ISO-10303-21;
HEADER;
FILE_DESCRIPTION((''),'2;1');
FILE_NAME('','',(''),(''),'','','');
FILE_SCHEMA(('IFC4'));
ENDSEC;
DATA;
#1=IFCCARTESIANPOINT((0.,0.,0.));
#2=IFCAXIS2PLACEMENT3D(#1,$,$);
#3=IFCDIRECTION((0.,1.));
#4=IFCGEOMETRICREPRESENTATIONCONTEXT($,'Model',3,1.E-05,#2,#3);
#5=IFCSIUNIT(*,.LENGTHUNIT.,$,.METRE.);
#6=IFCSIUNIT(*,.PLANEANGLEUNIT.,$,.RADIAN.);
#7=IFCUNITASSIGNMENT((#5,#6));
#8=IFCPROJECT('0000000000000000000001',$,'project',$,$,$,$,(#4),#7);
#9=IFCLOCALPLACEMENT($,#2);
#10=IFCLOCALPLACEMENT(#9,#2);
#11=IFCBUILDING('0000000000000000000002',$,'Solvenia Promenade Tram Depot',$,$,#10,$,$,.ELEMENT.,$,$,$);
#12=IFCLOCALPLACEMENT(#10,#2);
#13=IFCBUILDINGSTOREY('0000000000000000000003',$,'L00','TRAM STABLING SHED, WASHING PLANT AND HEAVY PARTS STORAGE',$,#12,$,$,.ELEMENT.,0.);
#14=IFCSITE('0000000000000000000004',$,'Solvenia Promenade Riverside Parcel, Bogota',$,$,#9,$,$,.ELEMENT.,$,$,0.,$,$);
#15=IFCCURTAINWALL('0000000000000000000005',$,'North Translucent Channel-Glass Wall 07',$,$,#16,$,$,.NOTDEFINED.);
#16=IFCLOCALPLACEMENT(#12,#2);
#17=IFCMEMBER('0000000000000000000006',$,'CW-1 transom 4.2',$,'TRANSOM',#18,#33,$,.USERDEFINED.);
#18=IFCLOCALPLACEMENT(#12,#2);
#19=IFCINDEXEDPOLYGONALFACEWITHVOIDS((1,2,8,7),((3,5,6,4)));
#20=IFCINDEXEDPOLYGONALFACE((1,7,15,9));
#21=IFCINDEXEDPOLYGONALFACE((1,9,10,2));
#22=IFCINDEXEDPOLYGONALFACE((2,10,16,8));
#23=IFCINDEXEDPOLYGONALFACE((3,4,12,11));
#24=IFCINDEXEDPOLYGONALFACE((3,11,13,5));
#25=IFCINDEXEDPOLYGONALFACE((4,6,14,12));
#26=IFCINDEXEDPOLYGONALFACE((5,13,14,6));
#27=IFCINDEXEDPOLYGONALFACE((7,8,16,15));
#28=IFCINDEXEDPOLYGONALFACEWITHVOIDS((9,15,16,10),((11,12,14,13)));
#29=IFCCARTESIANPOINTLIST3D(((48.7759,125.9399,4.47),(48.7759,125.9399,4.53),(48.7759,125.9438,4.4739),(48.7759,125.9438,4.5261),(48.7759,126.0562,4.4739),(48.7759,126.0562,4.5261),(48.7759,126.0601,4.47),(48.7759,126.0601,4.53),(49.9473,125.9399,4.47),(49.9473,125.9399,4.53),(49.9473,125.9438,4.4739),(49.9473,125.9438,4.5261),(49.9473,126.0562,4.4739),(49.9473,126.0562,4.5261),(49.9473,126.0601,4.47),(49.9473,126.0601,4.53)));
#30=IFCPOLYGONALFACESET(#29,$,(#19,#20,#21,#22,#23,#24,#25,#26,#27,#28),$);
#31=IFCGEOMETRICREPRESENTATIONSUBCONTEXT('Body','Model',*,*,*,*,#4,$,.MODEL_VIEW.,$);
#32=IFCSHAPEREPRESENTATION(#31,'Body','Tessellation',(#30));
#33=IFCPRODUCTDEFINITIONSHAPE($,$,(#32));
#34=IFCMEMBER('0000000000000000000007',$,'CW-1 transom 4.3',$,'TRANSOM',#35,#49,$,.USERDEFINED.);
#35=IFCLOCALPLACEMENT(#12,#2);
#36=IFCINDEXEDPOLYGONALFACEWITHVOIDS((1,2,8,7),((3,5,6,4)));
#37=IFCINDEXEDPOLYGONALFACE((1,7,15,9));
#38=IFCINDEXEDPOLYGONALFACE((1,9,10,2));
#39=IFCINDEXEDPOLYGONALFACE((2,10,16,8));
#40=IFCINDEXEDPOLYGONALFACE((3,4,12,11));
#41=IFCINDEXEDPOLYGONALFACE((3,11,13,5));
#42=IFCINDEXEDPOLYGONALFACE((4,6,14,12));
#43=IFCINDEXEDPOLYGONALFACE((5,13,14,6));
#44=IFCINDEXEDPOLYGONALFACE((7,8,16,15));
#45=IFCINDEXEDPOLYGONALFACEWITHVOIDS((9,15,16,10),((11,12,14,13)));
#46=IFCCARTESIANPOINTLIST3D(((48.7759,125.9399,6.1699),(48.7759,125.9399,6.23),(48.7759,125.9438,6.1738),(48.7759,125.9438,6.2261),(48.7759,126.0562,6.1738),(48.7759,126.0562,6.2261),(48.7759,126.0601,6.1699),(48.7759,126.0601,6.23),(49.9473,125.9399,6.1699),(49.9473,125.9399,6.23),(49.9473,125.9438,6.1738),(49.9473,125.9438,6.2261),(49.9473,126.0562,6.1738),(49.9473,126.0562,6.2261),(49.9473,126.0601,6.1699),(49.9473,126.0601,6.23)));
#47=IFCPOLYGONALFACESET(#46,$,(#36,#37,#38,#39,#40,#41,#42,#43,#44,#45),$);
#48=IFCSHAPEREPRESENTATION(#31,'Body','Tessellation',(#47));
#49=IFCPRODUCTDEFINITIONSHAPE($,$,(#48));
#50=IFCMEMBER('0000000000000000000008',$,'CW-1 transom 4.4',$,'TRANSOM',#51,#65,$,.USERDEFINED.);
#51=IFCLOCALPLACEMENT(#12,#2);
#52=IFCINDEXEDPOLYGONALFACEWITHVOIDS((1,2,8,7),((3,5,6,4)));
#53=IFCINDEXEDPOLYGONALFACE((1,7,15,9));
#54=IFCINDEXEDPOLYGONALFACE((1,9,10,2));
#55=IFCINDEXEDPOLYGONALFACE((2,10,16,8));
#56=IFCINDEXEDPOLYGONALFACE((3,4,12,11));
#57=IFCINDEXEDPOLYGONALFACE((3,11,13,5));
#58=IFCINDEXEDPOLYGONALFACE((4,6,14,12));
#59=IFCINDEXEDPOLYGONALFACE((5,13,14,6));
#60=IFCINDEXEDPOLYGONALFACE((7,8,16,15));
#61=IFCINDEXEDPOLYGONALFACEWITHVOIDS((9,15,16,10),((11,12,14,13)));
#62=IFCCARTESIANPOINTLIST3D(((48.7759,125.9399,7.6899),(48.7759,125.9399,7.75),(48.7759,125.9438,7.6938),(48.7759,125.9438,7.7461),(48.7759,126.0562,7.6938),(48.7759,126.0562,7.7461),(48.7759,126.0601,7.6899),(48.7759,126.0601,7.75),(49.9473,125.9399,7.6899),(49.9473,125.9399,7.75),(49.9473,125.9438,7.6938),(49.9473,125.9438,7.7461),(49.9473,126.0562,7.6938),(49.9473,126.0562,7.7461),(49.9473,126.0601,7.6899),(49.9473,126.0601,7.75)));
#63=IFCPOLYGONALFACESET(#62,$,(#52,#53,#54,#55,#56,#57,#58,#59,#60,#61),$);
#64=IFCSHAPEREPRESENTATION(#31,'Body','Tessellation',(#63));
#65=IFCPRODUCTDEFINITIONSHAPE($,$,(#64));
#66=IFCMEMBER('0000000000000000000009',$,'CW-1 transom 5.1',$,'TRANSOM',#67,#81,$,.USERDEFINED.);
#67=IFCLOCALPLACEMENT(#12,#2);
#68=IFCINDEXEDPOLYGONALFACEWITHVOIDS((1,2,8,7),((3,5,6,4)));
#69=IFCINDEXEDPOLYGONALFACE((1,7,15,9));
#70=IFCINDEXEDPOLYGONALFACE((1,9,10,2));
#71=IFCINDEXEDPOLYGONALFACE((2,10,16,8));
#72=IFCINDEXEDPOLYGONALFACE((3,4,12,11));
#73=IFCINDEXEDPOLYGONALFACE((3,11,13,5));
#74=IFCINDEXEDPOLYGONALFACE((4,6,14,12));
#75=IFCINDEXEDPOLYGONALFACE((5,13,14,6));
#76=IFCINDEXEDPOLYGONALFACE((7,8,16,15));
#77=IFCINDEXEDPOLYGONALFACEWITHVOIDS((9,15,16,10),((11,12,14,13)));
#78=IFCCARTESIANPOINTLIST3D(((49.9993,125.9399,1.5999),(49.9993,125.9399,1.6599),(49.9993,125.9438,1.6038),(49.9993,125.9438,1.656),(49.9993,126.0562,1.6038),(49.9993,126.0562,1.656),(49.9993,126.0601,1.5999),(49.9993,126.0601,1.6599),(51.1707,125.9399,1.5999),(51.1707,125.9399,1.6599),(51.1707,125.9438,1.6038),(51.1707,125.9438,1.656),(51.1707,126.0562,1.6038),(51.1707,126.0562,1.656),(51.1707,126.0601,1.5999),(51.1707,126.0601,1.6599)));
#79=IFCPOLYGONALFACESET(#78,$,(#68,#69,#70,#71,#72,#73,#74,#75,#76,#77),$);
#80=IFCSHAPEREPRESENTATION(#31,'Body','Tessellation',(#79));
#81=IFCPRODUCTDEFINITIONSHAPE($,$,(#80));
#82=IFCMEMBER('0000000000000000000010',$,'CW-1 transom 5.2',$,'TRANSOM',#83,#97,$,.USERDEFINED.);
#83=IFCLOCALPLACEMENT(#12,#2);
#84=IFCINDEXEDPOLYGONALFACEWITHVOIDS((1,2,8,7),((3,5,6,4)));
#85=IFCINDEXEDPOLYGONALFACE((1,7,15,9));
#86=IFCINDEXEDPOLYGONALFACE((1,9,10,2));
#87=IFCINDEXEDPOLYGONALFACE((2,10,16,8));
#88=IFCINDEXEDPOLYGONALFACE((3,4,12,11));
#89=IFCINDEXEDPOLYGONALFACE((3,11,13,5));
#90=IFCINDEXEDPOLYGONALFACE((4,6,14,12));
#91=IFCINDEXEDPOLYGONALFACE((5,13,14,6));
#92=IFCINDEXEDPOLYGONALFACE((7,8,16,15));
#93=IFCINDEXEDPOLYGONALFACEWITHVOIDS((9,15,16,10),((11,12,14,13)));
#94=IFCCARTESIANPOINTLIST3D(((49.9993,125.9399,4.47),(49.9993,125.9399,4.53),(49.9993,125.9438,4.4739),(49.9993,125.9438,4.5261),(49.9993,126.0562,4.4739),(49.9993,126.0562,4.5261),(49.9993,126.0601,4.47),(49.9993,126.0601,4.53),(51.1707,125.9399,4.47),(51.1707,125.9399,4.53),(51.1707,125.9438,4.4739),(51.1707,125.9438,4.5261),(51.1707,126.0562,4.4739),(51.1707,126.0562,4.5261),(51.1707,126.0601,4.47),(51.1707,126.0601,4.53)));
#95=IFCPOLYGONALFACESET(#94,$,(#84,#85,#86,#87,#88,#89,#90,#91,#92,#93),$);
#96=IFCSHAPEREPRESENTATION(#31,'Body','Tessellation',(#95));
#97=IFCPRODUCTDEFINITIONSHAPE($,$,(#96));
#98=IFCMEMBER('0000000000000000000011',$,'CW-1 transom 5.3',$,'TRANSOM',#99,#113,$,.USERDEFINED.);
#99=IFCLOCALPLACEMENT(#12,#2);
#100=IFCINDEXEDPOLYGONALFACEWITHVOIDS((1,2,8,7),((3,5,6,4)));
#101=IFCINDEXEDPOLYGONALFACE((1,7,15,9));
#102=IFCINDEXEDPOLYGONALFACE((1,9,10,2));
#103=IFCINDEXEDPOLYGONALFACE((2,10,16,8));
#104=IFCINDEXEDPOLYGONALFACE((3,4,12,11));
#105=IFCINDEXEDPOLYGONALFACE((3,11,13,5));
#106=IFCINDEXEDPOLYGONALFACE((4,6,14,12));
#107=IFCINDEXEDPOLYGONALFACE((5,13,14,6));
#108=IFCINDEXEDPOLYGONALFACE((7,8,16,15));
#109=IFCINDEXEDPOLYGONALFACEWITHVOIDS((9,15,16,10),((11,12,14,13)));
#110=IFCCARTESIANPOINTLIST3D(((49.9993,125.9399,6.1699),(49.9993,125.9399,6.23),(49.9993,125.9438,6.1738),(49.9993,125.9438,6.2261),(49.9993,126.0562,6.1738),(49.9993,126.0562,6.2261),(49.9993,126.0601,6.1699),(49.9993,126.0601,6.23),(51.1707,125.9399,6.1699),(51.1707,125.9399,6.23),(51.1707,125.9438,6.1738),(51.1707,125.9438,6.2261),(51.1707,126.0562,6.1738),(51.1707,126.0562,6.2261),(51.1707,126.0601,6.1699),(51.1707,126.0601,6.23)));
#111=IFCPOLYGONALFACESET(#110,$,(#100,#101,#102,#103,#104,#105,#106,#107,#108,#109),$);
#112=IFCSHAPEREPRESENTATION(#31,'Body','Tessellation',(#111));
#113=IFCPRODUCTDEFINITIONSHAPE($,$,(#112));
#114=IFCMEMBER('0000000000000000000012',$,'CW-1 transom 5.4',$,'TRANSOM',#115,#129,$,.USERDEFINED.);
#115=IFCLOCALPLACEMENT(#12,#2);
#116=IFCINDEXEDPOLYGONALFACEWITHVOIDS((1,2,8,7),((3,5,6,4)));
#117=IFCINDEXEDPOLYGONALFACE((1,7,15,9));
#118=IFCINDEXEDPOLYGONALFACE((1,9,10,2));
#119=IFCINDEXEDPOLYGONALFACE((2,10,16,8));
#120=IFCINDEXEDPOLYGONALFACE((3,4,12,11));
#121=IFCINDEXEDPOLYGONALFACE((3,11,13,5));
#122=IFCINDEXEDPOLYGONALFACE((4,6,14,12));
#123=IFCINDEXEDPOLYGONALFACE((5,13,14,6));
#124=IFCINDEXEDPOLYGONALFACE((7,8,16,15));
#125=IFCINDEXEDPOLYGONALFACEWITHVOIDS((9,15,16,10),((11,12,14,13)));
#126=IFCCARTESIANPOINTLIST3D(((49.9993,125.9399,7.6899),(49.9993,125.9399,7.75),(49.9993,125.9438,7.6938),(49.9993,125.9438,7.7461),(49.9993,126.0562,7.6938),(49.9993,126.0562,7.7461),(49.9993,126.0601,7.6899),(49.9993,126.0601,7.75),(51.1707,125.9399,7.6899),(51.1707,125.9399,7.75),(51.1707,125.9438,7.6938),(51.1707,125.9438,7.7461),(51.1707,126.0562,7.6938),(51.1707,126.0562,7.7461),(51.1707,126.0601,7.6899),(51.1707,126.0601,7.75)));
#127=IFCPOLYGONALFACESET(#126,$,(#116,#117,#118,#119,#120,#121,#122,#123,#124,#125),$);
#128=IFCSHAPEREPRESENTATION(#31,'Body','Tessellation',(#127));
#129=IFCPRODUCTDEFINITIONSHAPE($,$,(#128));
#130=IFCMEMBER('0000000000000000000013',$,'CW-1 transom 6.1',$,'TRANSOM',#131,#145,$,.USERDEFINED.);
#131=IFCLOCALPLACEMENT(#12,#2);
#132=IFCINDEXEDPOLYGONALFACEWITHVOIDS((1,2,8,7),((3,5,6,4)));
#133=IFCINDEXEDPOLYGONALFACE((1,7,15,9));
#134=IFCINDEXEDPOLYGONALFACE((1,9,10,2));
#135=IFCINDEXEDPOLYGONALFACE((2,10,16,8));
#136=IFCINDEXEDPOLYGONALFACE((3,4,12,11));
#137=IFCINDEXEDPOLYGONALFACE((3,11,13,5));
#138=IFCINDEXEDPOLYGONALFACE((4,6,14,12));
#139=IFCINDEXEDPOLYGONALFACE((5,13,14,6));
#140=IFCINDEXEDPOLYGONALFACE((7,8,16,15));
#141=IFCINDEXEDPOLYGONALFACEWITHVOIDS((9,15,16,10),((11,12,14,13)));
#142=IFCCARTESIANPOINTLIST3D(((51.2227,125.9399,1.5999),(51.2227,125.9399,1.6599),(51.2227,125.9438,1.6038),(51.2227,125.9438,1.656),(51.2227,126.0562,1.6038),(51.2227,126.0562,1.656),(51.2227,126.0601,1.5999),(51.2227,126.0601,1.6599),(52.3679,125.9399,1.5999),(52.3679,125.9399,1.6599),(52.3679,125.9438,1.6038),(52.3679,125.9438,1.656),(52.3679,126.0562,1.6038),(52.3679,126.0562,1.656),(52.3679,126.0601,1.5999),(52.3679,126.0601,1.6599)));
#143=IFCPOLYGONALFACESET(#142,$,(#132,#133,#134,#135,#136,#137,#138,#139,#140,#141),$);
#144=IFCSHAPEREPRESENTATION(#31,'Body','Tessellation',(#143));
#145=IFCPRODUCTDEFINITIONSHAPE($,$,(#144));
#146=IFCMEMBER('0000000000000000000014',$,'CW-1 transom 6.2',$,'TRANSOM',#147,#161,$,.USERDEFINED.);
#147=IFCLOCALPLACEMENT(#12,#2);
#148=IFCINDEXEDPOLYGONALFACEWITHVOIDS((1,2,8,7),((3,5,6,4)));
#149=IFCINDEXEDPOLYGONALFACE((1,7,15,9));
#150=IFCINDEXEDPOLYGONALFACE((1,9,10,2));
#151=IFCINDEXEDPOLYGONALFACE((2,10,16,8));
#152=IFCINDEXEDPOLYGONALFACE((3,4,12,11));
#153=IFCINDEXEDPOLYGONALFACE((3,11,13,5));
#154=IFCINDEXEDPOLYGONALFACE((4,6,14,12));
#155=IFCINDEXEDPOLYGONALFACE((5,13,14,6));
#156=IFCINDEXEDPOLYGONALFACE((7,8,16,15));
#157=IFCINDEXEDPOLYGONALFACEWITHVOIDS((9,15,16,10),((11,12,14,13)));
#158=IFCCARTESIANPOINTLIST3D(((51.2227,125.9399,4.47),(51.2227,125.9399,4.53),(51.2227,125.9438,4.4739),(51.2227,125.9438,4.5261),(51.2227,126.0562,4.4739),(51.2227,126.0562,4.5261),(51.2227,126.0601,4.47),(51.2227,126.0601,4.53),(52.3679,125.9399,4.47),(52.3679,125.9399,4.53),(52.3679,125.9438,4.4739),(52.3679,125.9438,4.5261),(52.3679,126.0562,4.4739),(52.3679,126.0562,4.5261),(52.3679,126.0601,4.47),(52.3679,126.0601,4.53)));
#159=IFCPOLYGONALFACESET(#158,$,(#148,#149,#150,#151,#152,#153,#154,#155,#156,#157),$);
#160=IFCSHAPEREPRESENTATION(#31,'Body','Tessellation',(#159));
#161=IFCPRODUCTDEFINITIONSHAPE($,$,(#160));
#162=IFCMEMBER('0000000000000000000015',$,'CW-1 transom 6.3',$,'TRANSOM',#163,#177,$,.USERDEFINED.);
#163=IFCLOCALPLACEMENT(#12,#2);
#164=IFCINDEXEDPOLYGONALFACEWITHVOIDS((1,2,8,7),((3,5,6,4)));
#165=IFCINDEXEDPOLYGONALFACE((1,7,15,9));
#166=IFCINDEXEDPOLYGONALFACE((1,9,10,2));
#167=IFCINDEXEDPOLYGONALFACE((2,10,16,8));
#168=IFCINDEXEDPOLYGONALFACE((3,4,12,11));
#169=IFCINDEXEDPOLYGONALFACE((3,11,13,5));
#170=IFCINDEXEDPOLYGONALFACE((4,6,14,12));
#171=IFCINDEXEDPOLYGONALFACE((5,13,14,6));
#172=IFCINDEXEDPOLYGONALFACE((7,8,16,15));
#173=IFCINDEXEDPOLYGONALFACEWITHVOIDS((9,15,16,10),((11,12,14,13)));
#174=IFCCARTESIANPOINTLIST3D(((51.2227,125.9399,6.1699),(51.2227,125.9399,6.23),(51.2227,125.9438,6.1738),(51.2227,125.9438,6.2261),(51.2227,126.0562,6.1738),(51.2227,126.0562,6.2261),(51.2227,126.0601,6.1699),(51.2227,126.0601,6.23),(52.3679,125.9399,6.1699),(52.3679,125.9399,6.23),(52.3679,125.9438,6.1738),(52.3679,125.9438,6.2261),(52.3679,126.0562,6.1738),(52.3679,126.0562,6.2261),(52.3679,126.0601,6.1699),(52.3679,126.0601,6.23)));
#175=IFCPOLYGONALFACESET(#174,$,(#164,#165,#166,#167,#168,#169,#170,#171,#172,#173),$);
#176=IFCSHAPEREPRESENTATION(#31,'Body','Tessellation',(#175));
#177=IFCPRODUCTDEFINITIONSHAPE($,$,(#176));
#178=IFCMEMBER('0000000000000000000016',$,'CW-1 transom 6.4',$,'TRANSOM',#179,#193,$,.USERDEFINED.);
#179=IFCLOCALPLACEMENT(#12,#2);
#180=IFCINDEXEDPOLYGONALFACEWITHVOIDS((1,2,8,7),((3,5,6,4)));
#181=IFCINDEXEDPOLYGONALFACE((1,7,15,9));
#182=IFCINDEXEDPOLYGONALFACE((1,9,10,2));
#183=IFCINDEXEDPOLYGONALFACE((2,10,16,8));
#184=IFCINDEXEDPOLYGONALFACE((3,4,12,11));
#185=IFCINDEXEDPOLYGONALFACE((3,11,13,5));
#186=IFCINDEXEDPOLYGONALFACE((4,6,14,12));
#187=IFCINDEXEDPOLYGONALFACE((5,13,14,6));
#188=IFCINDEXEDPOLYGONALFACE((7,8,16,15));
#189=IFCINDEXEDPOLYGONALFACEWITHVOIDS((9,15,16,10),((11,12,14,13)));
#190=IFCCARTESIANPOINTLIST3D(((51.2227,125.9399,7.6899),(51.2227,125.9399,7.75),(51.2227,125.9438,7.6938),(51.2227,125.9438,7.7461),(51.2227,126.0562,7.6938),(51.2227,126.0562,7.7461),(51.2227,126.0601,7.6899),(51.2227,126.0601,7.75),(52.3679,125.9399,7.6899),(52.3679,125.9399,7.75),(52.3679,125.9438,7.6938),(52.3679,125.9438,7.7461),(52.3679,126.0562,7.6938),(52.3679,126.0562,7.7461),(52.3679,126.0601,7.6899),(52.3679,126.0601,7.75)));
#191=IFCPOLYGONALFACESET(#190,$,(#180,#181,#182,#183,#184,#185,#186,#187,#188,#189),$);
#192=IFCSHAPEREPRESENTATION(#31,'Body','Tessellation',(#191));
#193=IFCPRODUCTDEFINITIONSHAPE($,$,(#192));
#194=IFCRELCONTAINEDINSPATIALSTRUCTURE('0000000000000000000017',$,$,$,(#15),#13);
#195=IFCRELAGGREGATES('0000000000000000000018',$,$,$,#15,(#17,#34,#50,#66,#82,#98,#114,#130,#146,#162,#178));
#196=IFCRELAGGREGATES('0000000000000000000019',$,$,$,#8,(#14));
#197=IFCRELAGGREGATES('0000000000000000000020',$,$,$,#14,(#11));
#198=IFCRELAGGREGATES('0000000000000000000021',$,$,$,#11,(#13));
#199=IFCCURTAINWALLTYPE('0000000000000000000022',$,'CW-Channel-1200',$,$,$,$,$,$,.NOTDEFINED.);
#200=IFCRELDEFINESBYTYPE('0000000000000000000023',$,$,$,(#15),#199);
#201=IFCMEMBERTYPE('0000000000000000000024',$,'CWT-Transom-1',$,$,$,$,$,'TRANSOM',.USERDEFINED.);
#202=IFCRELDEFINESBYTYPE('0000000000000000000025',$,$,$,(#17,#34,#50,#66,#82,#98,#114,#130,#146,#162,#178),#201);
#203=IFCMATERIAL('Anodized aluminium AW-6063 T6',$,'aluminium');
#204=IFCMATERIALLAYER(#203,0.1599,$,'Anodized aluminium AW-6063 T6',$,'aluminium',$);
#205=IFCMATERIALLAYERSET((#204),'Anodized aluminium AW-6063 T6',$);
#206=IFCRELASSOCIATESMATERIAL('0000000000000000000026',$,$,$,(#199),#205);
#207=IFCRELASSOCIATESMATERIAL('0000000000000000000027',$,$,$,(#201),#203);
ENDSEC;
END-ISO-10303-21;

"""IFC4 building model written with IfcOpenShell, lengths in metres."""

from ifc_helpers import new_model, si_unit, direction, frame, origin, origin_2d, place, context, subcontext, project, spatial, hollow_rectangle, extrude, material, layer, layer_set, material_profile, profile_set, type_object, element, aggregate, save


model = new_model("IFC4")

# Units and contexts
model_context = context("Model", 3, precision=1e-05, world=origin(), true_north=direction((0.0, 1.0)))
body_context = subcontext(model_context, "Body", "Model", "MODEL_VIEW")
ifc_project = project(units=[si_unit("LENGTHUNIT", "METRE"), si_unit("PLANEANGLEUNIT", "RADIAN")], contexts=[model_context])

# Site, building, storey
site_placement = place(None, origin())
site = spatial("IfcSite", under=ifc_project, at=site_placement, Name="Solvenia Promenade Riverside Parcel, Bogota", CompositionType="ELEMENT", RefElevation=0.0)
building_placement = place(site_placement, origin())
building = spatial("IfcBuilding", under=site, at=building_placement, Name="Solvenia Promenade Tram Depot", CompositionType="ELEMENT")
storey_placement = place(building_placement, origin())
storey = spatial("IfcBuildingStorey", under=building, at=storey_placement, Name="L00", Description="TRAM STABLING SHED, WASHING PLANT AND HEAVY PARTS STORAGE", CompositionType="ELEMENT", Elevation=0.0)

# Curtain wall
ifc_material_1 = material(Name="Anodized aluminium AW-6063 T6", Category="aluminium")
ifc_layer_1 = layer(ifc_material_1, 0.1599, Name="Anodized aluminium AW-6063 T6", Category="aluminium")
ifc_layer_set_1 = layer_set([ifc_layer_1], Name="Anodized aluminium AW-6063 T6")
curtain_wall_type = type_object("IfcCurtainWallType", Name="CW-Channel-1200", PredefinedType="NOTDEFINED", material=ifc_layer_set_1)
curtain_wall_1_placement = place(storey_placement, origin())
curtain_wall_1 = element("IfcCurtainWall", 1, at=curtain_wall_1_placement, inside=storey, type_object=curtain_wall_type, Name="North Translucent Channel-Glass Wall 07", PredefinedType="NOTDEFINED")

# Members
ifc_material_profile_1 = material_profile(ifc_material_1, hollow_rectangle(XDim=0.1201, YDim=0.0601, WallThickness=0.0039, at=origin_2d()), Name="ALU-T1", Category="aluminium")
ifc_profile_set_1 = profile_set([ifc_material_profile_1], Name="Anodized aluminium AW-6063 T6")
member_type_1 = type_object("IfcMemberType", Name="CWT-Transom-1", ElementType="TRANSOM", PredefinedType="USERDEFINED", material=ifc_profile_set_1)
member_1_placement = place(storey_placement, frame((48.7759, 126.0, 4.5), z_axis=(1.0, 0.0, 0.0), x_axis=(0.0, 1.0, 0.0)))
member_1 = element("IfcMember", 2, at=member_1_placement, type_object=member_type_1, Name="CW-1 transom 4.2", ObjectType="TRANSOM", PredefinedType="USERDEFINED", context=body_context, shape_type="SweptSolid", body=[
    extrude(hollow_rectangle(XDim=0.1201, YDim=0.0601, WallThickness=0.0039, at=origin_2d()), origin(), (0.0, 0.0, 1.0), 1.1714),
])
member_2_placement = place(storey_placement, frame((48.7759, 126.0, 6.2), z_axis=(1.0, 0.0, 0.0), x_axis=(0.0, 1.0, 0.0)))
member_2 = element("IfcMember", 3, at=member_2_placement, type_object=member_type_1, Name="CW-1 transom 4.3", ObjectType="TRANSOM", PredefinedType="USERDEFINED", context=body_context, shape_type="SweptSolid", body=[
    extrude(hollow_rectangle(XDim=0.1201, YDim=0.0601, WallThickness=0.0039, at=origin_2d()), origin(), (0.0, 0.0, 1.0), 1.1714),
])
member_3_placement = place(storey_placement, frame((48.7759, 126.0, 7.72), z_axis=(1.0, 0.0, 0.0), x_axis=(0.0, 1.0, 0.0)))
member_3 = element("IfcMember", 4, at=member_3_placement, type_object=member_type_1, Name="CW-1 transom 4.4", ObjectType="TRANSOM", PredefinedType="USERDEFINED", context=body_context, shape_type="SweptSolid", body=[
    extrude(hollow_rectangle(XDim=0.1201, YDim=0.0601, WallThickness=0.0039, at=origin_2d()), origin(), (0.0, 0.0, 1.0), 1.1714),
])
member_4_placement = place(storey_placement, frame((49.9993, 126.0, 1.6299), z_axis=(1.0, 0.0, 0.0), x_axis=(0.0, 1.0, 0.0)))
member_4 = element("IfcMember", 5, at=member_4_placement, type_object=member_type_1, Name="CW-1 transom 5.1", ObjectType="TRANSOM", PredefinedType="USERDEFINED", context=body_context, shape_type="SweptSolid", body=[
    extrude(hollow_rectangle(XDim=0.1201, YDim=0.0601, WallThickness=0.0039, at=origin_2d()), origin(), (0.0, 0.0, 1.0), 1.1714),
])
member_5_placement = place(storey_placement, frame((49.9993, 126.0, 4.5), z_axis=(1.0, 0.0, 0.0), x_axis=(0.0, 1.0, 0.0)))
member_5 = element("IfcMember", 6, at=member_5_placement, type_object=member_type_1, Name="CW-1 transom 5.2", ObjectType="TRANSOM", PredefinedType="USERDEFINED", context=body_context, shape_type="SweptSolid", body=[
    extrude(hollow_rectangle(XDim=0.1201, YDim=0.0601, WallThickness=0.0039, at=origin_2d()), origin(), (0.0, 0.0, 1.0), 1.1714),
])
member_6_placement = place(storey_placement, frame((49.9993, 126.0, 6.2), z_axis=(1.0, 0.0, 0.0), x_axis=(0.0, 1.0, 0.0)))
member_6 = element("IfcMember", 7, at=member_6_placement, type_object=member_type_1, Name="CW-1 transom 5.3", ObjectType="TRANSOM", PredefinedType="USERDEFINED", context=body_context, shape_type="SweptSolid", body=[
    extrude(hollow_rectangle(XDim=0.1201, YDim=0.0601, WallThickness=0.0039, at=origin_2d()), origin(), (0.0, 0.0, 1.0), 1.1714),
])
member_7_placement = place(storey_placement, frame((49.9993, 126.0, 7.72), z_axis=(1.0, 0.0, 0.0), x_axis=(0.0, 1.0, 0.0)))
member_7 = element("IfcMember", 8, at=member_7_placement, type_object=member_type_1, Name="CW-1 transom 5.4", ObjectType="TRANSOM", PredefinedType="USERDEFINED", context=body_context, shape_type="SweptSolid", body=[
    extrude(hollow_rectangle(XDim=0.1201, YDim=0.0601, WallThickness=0.0039, at=origin_2d()), origin(), (0.0, 0.0, 1.0), 1.1714),
])
member_8_placement = place(storey_placement, frame((51.2227, 126.0, 1.6299), z_axis=(1.0, 0.0, 0.0), x_axis=(0.0, 1.0, 0.0)))
member_8 = element("IfcMember", 9, at=member_8_placement, type_object=member_type_1, Name="CW-1 transom 6.1", ObjectType="TRANSOM", PredefinedType="USERDEFINED", context=body_context, shape_type="SweptSolid", body=[
    extrude(hollow_rectangle(XDim=0.1201, YDim=0.0601, WallThickness=0.0039, at=origin_2d()), origin(), (0.0, 0.0, 1.0), 1.1453),
])
member_9_placement = place(storey_placement, frame((51.2227, 126.0, 4.5), z_axis=(1.0, 0.0, 0.0), x_axis=(0.0, 1.0, 0.0)))
member_9 = element("IfcMember", 10, at=member_9_placement, type_object=member_type_1, Name="CW-1 transom 6.2", ObjectType="TRANSOM", PredefinedType="USERDEFINED", context=body_context, shape_type="SweptSolid", body=[
    extrude(hollow_rectangle(XDim=0.1201, YDim=0.0601, WallThickness=0.0039, at=origin_2d()), origin(), (0.0, 0.0, 1.0), 1.1453),
])
member_10_placement = place(storey_placement, frame((51.2227, 126.0, 6.2), z_axis=(1.0, 0.0, 0.0), x_axis=(0.0, 1.0, 0.0)))
member_10 = element("IfcMember", 11, at=member_10_placement, type_object=member_type_1, Name="CW-1 transom 6.3", ObjectType="TRANSOM", PredefinedType="USERDEFINED", context=body_context, shape_type="SweptSolid", body=[
    extrude(hollow_rectangle(XDim=0.1201, YDim=0.0601, WallThickness=0.0039, at=origin_2d()), origin(), (0.0, 0.0, 1.0), 1.1453),
])
member_11_placement = place(storey_placement, frame((51.2227, 126.0, 7.72), z_axis=(1.0, 0.0, 0.0), x_axis=(0.0, 1.0, 0.0)))
member_11 = element("IfcMember", 12, at=member_11_placement, type_object=member_type_1, Name="CW-1 transom 6.4", ObjectType="TRANSOM", PredefinedType="USERDEFINED", context=body_context, shape_type="SweptSolid", body=[
    extrude(hollow_rectangle(XDim=0.1201, YDim=0.0601, WallThickness=0.0039, at=origin_2d()), origin(), (0.0, 0.0, 1.0), 1.1453),
])

aggregate(curtain_wall_1, [member_1, member_2, member_3, member_4, member_5, member_6, member_7, member_8, member_9, member_10, member_11])

save(model, "model.ifc")
